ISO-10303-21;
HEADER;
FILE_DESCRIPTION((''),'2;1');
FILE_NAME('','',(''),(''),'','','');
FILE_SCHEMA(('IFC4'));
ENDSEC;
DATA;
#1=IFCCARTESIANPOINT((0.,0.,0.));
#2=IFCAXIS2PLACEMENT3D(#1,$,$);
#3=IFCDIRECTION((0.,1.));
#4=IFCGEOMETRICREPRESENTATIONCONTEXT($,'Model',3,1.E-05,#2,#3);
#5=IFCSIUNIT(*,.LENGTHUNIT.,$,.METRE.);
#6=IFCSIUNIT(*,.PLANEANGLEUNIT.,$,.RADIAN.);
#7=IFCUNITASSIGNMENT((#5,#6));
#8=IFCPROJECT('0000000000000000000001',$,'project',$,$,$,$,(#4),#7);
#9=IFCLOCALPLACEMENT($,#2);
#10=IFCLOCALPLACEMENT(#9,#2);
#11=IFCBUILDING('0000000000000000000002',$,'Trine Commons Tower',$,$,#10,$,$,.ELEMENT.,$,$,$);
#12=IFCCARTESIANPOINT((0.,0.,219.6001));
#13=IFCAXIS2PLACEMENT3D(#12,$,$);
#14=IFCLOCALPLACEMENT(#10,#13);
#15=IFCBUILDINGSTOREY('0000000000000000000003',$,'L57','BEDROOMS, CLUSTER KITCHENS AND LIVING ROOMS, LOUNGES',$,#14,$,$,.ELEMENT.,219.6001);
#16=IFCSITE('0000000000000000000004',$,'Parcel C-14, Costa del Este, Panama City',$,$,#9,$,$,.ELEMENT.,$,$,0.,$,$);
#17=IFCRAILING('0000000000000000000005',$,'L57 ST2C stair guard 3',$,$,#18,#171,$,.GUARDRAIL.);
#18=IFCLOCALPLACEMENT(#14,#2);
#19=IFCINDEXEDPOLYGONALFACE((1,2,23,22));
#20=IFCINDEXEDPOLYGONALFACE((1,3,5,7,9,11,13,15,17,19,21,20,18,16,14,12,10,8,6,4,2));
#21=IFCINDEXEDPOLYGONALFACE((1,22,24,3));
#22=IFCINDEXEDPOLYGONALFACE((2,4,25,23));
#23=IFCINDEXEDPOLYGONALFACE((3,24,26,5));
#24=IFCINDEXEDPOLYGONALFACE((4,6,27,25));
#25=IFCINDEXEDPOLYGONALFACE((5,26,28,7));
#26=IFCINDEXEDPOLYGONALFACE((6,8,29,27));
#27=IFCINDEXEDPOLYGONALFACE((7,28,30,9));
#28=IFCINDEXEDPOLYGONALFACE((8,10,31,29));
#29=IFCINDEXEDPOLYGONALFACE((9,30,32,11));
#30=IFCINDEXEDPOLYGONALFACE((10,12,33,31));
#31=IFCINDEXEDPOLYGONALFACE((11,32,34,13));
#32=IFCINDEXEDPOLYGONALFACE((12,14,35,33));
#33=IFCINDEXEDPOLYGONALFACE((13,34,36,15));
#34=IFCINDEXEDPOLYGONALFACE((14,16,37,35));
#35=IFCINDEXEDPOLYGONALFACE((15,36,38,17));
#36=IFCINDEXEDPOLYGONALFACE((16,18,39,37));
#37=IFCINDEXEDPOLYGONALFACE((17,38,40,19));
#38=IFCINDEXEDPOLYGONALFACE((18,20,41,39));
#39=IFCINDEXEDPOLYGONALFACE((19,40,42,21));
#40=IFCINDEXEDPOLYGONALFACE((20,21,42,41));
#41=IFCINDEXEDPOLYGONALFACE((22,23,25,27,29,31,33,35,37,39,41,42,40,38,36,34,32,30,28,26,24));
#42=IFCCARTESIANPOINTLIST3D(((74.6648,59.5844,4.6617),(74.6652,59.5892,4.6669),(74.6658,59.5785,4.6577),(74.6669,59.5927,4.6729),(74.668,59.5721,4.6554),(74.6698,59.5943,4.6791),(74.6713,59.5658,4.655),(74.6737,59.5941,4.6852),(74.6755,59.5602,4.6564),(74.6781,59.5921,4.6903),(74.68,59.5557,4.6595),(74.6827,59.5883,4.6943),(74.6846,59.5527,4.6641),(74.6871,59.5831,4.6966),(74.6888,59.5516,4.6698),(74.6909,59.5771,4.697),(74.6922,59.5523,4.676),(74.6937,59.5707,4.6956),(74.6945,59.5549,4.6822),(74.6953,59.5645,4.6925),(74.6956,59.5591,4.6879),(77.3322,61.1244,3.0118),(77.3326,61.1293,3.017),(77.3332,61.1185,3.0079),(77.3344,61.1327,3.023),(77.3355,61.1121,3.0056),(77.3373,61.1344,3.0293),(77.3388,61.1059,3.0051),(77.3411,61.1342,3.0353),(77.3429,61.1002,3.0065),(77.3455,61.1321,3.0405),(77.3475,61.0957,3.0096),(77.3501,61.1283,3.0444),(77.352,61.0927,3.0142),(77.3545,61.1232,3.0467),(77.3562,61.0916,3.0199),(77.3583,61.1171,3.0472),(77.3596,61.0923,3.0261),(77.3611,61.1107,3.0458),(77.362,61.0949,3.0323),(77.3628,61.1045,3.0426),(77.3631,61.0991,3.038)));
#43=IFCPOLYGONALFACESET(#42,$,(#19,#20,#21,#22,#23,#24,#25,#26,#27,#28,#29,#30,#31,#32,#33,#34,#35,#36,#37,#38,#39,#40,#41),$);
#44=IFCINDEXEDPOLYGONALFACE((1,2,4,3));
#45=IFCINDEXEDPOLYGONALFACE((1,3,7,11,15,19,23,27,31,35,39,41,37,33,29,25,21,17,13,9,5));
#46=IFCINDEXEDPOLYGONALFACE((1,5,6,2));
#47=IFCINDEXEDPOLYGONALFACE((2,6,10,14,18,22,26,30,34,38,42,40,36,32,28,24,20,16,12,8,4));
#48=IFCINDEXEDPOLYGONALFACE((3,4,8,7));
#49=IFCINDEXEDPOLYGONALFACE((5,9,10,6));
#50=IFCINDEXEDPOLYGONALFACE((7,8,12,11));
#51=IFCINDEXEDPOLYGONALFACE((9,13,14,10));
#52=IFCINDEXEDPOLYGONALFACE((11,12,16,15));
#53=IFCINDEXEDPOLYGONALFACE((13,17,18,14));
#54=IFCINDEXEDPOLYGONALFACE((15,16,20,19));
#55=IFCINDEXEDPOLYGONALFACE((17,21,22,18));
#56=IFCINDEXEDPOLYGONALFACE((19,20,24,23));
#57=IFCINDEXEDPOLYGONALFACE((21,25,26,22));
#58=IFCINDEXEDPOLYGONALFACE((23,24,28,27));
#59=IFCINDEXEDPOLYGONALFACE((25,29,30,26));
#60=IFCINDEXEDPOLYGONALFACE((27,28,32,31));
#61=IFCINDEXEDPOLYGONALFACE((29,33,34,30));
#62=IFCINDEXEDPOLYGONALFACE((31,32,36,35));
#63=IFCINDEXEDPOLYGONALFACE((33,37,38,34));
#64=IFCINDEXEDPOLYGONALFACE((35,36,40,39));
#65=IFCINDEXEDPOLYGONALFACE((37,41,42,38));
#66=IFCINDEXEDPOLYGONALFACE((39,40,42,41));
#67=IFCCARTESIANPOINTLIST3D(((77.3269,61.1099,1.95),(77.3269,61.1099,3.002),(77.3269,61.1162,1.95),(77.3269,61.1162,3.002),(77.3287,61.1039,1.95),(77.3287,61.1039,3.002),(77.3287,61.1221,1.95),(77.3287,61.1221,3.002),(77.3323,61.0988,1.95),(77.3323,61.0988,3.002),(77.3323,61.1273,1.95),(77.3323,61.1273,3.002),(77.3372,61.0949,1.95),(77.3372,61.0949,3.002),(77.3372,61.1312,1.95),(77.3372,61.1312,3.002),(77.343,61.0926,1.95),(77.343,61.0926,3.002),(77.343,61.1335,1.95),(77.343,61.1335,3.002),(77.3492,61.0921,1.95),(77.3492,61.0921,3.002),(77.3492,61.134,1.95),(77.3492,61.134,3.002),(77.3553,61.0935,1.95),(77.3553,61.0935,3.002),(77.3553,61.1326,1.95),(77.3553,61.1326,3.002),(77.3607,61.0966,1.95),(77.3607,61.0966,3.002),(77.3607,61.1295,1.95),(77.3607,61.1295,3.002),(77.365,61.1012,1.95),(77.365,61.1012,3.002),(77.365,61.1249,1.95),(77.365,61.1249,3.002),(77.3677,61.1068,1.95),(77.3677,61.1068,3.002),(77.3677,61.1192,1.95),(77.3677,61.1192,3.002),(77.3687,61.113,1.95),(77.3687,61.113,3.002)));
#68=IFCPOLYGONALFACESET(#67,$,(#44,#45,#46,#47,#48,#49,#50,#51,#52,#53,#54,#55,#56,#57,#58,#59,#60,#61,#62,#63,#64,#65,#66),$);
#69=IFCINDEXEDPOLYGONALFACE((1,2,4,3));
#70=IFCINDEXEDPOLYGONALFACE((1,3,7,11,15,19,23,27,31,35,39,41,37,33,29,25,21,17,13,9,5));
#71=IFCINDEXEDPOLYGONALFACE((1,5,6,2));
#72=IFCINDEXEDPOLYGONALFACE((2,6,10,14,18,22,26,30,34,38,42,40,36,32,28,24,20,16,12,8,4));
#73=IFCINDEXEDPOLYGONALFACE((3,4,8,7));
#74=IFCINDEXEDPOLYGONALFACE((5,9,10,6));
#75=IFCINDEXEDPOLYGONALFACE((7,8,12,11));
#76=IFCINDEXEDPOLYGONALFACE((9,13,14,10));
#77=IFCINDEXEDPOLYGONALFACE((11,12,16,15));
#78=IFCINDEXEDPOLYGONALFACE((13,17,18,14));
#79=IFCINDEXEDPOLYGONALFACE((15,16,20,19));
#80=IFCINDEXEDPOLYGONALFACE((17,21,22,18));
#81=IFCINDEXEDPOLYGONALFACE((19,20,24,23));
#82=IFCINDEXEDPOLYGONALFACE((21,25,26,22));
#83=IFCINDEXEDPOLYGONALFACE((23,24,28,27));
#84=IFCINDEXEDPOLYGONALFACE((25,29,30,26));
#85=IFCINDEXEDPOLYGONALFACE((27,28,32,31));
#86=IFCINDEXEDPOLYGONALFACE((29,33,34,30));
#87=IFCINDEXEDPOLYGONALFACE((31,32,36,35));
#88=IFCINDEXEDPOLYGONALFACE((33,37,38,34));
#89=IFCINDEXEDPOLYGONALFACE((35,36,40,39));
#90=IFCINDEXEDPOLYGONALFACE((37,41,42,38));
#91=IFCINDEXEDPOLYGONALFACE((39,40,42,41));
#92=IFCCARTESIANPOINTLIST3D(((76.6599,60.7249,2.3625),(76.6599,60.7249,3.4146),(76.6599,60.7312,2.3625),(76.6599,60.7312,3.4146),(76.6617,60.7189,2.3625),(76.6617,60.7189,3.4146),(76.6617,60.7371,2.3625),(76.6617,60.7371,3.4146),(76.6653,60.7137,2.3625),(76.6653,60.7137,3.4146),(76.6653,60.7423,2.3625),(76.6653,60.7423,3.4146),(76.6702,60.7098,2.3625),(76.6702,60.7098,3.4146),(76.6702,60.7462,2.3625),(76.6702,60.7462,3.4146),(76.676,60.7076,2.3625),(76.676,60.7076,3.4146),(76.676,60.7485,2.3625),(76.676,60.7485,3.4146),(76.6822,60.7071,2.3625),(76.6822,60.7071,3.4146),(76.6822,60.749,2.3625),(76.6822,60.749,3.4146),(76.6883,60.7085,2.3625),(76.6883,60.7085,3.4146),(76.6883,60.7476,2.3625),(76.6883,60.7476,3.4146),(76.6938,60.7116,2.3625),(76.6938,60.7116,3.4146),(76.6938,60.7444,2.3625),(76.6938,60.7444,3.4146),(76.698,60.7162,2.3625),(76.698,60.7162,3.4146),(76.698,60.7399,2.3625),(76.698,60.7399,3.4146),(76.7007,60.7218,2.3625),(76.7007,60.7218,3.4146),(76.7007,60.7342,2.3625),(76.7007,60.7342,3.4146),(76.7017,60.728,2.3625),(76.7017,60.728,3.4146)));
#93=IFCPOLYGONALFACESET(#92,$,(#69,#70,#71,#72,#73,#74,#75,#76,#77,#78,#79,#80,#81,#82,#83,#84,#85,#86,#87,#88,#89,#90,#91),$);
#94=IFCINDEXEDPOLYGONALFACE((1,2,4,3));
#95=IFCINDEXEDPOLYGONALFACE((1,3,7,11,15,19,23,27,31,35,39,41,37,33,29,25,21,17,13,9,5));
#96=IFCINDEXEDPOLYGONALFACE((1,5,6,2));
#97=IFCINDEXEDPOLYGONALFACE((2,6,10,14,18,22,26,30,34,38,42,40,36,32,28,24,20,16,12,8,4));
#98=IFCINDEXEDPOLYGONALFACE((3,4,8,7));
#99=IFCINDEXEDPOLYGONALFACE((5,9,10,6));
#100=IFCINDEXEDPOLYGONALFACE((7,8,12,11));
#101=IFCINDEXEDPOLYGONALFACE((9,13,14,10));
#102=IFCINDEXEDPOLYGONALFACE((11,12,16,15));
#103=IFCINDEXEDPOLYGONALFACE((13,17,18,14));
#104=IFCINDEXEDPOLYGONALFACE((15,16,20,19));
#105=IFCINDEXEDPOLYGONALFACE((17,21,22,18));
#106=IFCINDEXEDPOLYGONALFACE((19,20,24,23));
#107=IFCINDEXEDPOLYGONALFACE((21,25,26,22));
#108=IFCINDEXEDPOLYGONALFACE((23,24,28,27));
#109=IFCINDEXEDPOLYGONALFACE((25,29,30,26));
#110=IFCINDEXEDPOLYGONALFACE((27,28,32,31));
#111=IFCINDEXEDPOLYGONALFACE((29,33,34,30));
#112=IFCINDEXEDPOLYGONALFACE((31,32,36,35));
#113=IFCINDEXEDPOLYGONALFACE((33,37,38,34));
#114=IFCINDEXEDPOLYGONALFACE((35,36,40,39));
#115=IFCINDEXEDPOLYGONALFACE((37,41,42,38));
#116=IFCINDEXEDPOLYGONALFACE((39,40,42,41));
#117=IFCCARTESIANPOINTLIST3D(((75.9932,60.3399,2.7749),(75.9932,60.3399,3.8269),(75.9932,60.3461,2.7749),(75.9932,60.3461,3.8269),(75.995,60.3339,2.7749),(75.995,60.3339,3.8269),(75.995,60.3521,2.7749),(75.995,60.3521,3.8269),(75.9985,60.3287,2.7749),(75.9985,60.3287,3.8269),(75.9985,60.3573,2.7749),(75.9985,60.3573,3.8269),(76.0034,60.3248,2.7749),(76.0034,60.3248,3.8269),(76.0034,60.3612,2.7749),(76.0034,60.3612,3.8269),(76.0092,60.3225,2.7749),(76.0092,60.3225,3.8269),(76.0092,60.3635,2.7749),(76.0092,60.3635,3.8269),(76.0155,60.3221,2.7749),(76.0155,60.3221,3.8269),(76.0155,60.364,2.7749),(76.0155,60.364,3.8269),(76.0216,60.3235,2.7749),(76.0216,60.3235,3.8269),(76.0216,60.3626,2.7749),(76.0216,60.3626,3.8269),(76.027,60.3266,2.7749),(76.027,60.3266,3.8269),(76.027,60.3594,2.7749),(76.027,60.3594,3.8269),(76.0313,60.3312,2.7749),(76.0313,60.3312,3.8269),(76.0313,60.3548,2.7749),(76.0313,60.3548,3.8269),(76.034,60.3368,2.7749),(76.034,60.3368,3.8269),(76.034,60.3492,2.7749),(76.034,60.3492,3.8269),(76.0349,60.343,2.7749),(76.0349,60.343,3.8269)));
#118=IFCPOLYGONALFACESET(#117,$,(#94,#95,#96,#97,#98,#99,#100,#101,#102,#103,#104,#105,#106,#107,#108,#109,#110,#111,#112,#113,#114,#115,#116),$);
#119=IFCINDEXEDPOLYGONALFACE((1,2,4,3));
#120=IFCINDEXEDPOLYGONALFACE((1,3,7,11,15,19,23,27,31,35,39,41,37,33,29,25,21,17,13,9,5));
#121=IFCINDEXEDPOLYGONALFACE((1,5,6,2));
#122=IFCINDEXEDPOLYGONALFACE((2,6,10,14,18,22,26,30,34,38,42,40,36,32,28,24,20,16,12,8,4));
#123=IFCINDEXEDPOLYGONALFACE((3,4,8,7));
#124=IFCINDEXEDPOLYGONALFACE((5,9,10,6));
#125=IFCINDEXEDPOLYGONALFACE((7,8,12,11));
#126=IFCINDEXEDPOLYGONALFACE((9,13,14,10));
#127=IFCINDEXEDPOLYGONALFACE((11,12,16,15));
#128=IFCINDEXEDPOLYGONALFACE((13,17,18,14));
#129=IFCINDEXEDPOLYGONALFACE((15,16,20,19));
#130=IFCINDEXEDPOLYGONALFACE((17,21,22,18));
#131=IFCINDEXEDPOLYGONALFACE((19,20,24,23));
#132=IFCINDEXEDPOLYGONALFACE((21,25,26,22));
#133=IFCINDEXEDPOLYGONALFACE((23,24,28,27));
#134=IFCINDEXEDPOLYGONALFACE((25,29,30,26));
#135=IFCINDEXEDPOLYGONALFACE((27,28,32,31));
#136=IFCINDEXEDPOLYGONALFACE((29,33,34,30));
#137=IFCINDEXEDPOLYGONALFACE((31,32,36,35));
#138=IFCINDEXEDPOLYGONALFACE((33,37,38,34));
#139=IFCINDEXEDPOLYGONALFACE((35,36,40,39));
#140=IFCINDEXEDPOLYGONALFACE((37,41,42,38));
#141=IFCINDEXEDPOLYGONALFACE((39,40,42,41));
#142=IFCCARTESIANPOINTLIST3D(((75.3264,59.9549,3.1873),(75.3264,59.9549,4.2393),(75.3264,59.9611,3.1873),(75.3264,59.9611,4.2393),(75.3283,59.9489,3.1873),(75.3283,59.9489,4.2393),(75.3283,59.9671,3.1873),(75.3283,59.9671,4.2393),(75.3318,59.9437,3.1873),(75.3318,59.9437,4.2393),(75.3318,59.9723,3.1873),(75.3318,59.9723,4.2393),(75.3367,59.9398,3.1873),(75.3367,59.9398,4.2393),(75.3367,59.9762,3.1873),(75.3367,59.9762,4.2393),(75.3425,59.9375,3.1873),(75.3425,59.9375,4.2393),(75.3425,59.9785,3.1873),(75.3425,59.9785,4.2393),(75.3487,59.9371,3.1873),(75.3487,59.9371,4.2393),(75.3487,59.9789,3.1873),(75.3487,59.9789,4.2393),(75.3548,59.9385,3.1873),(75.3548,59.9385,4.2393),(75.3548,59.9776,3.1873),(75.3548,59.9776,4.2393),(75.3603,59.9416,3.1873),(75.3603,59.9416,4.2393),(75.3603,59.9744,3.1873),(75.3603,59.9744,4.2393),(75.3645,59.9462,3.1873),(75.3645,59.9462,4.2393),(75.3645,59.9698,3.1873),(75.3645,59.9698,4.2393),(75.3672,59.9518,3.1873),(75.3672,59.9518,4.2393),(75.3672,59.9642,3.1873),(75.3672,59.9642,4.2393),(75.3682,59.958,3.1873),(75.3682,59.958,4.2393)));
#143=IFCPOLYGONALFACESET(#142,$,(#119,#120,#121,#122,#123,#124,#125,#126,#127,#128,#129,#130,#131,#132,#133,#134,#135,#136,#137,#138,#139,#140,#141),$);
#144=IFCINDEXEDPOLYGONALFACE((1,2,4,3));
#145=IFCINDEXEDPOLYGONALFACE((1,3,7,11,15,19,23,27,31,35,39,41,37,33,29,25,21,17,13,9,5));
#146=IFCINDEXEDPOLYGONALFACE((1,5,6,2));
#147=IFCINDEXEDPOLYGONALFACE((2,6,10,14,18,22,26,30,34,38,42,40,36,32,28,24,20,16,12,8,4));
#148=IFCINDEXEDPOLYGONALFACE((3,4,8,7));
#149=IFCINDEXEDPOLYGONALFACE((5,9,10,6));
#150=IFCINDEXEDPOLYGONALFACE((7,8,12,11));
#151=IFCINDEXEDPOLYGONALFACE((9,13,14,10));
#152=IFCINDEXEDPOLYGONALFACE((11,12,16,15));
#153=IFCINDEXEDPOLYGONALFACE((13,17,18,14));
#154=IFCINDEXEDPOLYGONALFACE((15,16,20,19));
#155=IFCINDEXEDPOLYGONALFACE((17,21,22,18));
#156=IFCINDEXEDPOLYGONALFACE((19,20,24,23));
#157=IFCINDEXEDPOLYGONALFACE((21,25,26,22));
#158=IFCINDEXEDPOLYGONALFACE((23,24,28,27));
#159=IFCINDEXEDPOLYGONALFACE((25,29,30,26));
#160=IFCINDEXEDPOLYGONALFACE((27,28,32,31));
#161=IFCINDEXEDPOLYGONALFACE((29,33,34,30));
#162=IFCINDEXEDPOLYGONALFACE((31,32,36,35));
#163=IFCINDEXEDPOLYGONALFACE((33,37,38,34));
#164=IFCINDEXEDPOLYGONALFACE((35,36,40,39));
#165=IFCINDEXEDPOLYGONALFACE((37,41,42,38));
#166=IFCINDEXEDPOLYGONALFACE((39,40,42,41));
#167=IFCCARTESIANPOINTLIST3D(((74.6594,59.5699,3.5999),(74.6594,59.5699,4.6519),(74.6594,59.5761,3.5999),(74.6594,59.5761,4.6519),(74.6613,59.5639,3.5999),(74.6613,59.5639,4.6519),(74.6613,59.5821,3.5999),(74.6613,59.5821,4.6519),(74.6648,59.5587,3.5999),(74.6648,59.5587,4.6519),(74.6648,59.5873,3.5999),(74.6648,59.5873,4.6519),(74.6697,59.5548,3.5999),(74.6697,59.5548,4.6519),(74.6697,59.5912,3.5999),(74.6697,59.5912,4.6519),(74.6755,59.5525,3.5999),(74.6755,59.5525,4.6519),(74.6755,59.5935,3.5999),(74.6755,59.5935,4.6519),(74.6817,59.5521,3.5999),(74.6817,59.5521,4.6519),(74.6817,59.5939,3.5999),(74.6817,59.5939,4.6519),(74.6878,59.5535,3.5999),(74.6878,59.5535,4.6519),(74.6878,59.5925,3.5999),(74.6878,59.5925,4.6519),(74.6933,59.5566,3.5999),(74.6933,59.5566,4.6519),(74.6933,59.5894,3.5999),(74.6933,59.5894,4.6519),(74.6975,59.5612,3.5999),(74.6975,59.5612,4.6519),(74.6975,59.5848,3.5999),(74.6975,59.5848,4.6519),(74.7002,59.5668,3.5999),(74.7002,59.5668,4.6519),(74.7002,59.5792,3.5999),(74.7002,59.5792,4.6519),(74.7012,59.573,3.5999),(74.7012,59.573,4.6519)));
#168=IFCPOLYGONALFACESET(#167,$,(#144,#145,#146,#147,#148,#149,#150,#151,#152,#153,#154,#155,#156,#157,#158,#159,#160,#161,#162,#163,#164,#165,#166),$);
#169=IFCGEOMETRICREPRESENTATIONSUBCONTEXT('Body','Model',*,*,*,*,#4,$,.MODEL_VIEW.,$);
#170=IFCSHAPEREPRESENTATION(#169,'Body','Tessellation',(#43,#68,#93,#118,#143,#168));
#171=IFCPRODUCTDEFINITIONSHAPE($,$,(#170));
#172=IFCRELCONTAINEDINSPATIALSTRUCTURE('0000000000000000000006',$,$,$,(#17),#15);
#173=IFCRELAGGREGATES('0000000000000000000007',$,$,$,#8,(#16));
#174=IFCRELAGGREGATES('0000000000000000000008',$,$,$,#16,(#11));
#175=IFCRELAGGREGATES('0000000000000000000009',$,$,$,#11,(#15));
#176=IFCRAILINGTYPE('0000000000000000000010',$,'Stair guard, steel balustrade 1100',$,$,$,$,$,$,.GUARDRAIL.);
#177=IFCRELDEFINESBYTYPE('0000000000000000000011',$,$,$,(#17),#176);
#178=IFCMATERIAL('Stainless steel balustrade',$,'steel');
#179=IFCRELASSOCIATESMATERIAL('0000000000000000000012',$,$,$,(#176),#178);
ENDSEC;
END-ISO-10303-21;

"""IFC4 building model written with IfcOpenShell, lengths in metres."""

from ifc_helpers import new_model, si_unit, direction, frame, origin, origin_2d, place, context, subcontext, project, spatial, circle, extrude, material, type_object, element, save


model = new_model("IFC4")

# Units and contexts
model_context = context("Model", 3, precision=1e-05, world=origin(), true_north=direction((0.0, 1.0)))
body_context = subcontext(model_context, "Body", "Model", "MODEL_VIEW")
ifc_project = project(units=[si_unit("LENGTHUNIT", "METRE"), si_unit("PLANEANGLEUNIT", "RADIAN")], contexts=[model_context])

# Site, building, storey
site_placement = place(None, origin())
site = spatial("IfcSite", under=ifc_project, at=site_placement, Name="Parcel C-14, Costa del Este, Panama City", CompositionType="ELEMENT", RefElevation=0.0)
building_placement = place(site_placement, origin())
building = spatial("IfcBuilding", under=site, at=building_placement, Name="Trine Commons Tower", CompositionType="ELEMENT")
storey_placement = place(building_placement, frame((0.0, 0.0, 219.6001)))
storey = spatial("IfcBuildingStorey", under=building, at=storey_placement, Name="L57", Description="BEDROOMS, CLUSTER KITCHENS AND LIVING ROOMS, LOUNGES", CompositionType="ELEMENT", Elevation=219.6001)

# Railing
ifc_material_1 = material(Name="Stainless steel balustrade", Category="steel")
railing_type_1 = type_object("IfcRailingType", Name="Stair guard, steel balustrade 1100", PredefinedType="GUARDRAIL", material=ifc_material_1)
railing_1_placement = place(storey_placement, frame((77.3477, 61.113, 1.95)))
element("IfcRailing", 1, at=railing_1_placement, inside=storey, type_object=railing_type_1, Name="L57 ST2C stair guard 3", PredefinedType="GUARDRAIL", context=body_context, shape_type="SweptSolid", body=[
    extrude(circle(Radius=0.0239, at=origin_2d()), frame((0.0, 0.0, 1.0762), z_axis=(-0.763405, -0.440743, 0.472185), x_axis=(0.499992, -0.86603, 0.0)), (0.0, 0.0, 1.0), 3.4941),
    extrude(circle(Radius=0.021, at=origin_2d()), origin(), (0.0, 0.0, 1.0), 1.052),
    extrude(circle(Radius=0.021, at=origin_2d()), frame((-0.667, -0.385, 0.4126)), (0.0, 0.0, 1.0), 1.052),
    extrude(circle(Radius=0.021, at=origin_2d()), frame((-1.3337, -0.77, 0.825)), (0.0, 0.0, 1.0), 1.052),
    extrude(circle(Radius=0.021, at=origin_2d()), frame((-2.0005, -1.155, 1.2373)), (0.0, 0.0, 1.0), 1.052),
    extrude(circle(Radius=0.021, at=origin_2d()), frame((-2.6675, -1.54, 1.6499)), (0.0, 0.0, 1.0), 1.052),
])

save(model, "model.ifc")
